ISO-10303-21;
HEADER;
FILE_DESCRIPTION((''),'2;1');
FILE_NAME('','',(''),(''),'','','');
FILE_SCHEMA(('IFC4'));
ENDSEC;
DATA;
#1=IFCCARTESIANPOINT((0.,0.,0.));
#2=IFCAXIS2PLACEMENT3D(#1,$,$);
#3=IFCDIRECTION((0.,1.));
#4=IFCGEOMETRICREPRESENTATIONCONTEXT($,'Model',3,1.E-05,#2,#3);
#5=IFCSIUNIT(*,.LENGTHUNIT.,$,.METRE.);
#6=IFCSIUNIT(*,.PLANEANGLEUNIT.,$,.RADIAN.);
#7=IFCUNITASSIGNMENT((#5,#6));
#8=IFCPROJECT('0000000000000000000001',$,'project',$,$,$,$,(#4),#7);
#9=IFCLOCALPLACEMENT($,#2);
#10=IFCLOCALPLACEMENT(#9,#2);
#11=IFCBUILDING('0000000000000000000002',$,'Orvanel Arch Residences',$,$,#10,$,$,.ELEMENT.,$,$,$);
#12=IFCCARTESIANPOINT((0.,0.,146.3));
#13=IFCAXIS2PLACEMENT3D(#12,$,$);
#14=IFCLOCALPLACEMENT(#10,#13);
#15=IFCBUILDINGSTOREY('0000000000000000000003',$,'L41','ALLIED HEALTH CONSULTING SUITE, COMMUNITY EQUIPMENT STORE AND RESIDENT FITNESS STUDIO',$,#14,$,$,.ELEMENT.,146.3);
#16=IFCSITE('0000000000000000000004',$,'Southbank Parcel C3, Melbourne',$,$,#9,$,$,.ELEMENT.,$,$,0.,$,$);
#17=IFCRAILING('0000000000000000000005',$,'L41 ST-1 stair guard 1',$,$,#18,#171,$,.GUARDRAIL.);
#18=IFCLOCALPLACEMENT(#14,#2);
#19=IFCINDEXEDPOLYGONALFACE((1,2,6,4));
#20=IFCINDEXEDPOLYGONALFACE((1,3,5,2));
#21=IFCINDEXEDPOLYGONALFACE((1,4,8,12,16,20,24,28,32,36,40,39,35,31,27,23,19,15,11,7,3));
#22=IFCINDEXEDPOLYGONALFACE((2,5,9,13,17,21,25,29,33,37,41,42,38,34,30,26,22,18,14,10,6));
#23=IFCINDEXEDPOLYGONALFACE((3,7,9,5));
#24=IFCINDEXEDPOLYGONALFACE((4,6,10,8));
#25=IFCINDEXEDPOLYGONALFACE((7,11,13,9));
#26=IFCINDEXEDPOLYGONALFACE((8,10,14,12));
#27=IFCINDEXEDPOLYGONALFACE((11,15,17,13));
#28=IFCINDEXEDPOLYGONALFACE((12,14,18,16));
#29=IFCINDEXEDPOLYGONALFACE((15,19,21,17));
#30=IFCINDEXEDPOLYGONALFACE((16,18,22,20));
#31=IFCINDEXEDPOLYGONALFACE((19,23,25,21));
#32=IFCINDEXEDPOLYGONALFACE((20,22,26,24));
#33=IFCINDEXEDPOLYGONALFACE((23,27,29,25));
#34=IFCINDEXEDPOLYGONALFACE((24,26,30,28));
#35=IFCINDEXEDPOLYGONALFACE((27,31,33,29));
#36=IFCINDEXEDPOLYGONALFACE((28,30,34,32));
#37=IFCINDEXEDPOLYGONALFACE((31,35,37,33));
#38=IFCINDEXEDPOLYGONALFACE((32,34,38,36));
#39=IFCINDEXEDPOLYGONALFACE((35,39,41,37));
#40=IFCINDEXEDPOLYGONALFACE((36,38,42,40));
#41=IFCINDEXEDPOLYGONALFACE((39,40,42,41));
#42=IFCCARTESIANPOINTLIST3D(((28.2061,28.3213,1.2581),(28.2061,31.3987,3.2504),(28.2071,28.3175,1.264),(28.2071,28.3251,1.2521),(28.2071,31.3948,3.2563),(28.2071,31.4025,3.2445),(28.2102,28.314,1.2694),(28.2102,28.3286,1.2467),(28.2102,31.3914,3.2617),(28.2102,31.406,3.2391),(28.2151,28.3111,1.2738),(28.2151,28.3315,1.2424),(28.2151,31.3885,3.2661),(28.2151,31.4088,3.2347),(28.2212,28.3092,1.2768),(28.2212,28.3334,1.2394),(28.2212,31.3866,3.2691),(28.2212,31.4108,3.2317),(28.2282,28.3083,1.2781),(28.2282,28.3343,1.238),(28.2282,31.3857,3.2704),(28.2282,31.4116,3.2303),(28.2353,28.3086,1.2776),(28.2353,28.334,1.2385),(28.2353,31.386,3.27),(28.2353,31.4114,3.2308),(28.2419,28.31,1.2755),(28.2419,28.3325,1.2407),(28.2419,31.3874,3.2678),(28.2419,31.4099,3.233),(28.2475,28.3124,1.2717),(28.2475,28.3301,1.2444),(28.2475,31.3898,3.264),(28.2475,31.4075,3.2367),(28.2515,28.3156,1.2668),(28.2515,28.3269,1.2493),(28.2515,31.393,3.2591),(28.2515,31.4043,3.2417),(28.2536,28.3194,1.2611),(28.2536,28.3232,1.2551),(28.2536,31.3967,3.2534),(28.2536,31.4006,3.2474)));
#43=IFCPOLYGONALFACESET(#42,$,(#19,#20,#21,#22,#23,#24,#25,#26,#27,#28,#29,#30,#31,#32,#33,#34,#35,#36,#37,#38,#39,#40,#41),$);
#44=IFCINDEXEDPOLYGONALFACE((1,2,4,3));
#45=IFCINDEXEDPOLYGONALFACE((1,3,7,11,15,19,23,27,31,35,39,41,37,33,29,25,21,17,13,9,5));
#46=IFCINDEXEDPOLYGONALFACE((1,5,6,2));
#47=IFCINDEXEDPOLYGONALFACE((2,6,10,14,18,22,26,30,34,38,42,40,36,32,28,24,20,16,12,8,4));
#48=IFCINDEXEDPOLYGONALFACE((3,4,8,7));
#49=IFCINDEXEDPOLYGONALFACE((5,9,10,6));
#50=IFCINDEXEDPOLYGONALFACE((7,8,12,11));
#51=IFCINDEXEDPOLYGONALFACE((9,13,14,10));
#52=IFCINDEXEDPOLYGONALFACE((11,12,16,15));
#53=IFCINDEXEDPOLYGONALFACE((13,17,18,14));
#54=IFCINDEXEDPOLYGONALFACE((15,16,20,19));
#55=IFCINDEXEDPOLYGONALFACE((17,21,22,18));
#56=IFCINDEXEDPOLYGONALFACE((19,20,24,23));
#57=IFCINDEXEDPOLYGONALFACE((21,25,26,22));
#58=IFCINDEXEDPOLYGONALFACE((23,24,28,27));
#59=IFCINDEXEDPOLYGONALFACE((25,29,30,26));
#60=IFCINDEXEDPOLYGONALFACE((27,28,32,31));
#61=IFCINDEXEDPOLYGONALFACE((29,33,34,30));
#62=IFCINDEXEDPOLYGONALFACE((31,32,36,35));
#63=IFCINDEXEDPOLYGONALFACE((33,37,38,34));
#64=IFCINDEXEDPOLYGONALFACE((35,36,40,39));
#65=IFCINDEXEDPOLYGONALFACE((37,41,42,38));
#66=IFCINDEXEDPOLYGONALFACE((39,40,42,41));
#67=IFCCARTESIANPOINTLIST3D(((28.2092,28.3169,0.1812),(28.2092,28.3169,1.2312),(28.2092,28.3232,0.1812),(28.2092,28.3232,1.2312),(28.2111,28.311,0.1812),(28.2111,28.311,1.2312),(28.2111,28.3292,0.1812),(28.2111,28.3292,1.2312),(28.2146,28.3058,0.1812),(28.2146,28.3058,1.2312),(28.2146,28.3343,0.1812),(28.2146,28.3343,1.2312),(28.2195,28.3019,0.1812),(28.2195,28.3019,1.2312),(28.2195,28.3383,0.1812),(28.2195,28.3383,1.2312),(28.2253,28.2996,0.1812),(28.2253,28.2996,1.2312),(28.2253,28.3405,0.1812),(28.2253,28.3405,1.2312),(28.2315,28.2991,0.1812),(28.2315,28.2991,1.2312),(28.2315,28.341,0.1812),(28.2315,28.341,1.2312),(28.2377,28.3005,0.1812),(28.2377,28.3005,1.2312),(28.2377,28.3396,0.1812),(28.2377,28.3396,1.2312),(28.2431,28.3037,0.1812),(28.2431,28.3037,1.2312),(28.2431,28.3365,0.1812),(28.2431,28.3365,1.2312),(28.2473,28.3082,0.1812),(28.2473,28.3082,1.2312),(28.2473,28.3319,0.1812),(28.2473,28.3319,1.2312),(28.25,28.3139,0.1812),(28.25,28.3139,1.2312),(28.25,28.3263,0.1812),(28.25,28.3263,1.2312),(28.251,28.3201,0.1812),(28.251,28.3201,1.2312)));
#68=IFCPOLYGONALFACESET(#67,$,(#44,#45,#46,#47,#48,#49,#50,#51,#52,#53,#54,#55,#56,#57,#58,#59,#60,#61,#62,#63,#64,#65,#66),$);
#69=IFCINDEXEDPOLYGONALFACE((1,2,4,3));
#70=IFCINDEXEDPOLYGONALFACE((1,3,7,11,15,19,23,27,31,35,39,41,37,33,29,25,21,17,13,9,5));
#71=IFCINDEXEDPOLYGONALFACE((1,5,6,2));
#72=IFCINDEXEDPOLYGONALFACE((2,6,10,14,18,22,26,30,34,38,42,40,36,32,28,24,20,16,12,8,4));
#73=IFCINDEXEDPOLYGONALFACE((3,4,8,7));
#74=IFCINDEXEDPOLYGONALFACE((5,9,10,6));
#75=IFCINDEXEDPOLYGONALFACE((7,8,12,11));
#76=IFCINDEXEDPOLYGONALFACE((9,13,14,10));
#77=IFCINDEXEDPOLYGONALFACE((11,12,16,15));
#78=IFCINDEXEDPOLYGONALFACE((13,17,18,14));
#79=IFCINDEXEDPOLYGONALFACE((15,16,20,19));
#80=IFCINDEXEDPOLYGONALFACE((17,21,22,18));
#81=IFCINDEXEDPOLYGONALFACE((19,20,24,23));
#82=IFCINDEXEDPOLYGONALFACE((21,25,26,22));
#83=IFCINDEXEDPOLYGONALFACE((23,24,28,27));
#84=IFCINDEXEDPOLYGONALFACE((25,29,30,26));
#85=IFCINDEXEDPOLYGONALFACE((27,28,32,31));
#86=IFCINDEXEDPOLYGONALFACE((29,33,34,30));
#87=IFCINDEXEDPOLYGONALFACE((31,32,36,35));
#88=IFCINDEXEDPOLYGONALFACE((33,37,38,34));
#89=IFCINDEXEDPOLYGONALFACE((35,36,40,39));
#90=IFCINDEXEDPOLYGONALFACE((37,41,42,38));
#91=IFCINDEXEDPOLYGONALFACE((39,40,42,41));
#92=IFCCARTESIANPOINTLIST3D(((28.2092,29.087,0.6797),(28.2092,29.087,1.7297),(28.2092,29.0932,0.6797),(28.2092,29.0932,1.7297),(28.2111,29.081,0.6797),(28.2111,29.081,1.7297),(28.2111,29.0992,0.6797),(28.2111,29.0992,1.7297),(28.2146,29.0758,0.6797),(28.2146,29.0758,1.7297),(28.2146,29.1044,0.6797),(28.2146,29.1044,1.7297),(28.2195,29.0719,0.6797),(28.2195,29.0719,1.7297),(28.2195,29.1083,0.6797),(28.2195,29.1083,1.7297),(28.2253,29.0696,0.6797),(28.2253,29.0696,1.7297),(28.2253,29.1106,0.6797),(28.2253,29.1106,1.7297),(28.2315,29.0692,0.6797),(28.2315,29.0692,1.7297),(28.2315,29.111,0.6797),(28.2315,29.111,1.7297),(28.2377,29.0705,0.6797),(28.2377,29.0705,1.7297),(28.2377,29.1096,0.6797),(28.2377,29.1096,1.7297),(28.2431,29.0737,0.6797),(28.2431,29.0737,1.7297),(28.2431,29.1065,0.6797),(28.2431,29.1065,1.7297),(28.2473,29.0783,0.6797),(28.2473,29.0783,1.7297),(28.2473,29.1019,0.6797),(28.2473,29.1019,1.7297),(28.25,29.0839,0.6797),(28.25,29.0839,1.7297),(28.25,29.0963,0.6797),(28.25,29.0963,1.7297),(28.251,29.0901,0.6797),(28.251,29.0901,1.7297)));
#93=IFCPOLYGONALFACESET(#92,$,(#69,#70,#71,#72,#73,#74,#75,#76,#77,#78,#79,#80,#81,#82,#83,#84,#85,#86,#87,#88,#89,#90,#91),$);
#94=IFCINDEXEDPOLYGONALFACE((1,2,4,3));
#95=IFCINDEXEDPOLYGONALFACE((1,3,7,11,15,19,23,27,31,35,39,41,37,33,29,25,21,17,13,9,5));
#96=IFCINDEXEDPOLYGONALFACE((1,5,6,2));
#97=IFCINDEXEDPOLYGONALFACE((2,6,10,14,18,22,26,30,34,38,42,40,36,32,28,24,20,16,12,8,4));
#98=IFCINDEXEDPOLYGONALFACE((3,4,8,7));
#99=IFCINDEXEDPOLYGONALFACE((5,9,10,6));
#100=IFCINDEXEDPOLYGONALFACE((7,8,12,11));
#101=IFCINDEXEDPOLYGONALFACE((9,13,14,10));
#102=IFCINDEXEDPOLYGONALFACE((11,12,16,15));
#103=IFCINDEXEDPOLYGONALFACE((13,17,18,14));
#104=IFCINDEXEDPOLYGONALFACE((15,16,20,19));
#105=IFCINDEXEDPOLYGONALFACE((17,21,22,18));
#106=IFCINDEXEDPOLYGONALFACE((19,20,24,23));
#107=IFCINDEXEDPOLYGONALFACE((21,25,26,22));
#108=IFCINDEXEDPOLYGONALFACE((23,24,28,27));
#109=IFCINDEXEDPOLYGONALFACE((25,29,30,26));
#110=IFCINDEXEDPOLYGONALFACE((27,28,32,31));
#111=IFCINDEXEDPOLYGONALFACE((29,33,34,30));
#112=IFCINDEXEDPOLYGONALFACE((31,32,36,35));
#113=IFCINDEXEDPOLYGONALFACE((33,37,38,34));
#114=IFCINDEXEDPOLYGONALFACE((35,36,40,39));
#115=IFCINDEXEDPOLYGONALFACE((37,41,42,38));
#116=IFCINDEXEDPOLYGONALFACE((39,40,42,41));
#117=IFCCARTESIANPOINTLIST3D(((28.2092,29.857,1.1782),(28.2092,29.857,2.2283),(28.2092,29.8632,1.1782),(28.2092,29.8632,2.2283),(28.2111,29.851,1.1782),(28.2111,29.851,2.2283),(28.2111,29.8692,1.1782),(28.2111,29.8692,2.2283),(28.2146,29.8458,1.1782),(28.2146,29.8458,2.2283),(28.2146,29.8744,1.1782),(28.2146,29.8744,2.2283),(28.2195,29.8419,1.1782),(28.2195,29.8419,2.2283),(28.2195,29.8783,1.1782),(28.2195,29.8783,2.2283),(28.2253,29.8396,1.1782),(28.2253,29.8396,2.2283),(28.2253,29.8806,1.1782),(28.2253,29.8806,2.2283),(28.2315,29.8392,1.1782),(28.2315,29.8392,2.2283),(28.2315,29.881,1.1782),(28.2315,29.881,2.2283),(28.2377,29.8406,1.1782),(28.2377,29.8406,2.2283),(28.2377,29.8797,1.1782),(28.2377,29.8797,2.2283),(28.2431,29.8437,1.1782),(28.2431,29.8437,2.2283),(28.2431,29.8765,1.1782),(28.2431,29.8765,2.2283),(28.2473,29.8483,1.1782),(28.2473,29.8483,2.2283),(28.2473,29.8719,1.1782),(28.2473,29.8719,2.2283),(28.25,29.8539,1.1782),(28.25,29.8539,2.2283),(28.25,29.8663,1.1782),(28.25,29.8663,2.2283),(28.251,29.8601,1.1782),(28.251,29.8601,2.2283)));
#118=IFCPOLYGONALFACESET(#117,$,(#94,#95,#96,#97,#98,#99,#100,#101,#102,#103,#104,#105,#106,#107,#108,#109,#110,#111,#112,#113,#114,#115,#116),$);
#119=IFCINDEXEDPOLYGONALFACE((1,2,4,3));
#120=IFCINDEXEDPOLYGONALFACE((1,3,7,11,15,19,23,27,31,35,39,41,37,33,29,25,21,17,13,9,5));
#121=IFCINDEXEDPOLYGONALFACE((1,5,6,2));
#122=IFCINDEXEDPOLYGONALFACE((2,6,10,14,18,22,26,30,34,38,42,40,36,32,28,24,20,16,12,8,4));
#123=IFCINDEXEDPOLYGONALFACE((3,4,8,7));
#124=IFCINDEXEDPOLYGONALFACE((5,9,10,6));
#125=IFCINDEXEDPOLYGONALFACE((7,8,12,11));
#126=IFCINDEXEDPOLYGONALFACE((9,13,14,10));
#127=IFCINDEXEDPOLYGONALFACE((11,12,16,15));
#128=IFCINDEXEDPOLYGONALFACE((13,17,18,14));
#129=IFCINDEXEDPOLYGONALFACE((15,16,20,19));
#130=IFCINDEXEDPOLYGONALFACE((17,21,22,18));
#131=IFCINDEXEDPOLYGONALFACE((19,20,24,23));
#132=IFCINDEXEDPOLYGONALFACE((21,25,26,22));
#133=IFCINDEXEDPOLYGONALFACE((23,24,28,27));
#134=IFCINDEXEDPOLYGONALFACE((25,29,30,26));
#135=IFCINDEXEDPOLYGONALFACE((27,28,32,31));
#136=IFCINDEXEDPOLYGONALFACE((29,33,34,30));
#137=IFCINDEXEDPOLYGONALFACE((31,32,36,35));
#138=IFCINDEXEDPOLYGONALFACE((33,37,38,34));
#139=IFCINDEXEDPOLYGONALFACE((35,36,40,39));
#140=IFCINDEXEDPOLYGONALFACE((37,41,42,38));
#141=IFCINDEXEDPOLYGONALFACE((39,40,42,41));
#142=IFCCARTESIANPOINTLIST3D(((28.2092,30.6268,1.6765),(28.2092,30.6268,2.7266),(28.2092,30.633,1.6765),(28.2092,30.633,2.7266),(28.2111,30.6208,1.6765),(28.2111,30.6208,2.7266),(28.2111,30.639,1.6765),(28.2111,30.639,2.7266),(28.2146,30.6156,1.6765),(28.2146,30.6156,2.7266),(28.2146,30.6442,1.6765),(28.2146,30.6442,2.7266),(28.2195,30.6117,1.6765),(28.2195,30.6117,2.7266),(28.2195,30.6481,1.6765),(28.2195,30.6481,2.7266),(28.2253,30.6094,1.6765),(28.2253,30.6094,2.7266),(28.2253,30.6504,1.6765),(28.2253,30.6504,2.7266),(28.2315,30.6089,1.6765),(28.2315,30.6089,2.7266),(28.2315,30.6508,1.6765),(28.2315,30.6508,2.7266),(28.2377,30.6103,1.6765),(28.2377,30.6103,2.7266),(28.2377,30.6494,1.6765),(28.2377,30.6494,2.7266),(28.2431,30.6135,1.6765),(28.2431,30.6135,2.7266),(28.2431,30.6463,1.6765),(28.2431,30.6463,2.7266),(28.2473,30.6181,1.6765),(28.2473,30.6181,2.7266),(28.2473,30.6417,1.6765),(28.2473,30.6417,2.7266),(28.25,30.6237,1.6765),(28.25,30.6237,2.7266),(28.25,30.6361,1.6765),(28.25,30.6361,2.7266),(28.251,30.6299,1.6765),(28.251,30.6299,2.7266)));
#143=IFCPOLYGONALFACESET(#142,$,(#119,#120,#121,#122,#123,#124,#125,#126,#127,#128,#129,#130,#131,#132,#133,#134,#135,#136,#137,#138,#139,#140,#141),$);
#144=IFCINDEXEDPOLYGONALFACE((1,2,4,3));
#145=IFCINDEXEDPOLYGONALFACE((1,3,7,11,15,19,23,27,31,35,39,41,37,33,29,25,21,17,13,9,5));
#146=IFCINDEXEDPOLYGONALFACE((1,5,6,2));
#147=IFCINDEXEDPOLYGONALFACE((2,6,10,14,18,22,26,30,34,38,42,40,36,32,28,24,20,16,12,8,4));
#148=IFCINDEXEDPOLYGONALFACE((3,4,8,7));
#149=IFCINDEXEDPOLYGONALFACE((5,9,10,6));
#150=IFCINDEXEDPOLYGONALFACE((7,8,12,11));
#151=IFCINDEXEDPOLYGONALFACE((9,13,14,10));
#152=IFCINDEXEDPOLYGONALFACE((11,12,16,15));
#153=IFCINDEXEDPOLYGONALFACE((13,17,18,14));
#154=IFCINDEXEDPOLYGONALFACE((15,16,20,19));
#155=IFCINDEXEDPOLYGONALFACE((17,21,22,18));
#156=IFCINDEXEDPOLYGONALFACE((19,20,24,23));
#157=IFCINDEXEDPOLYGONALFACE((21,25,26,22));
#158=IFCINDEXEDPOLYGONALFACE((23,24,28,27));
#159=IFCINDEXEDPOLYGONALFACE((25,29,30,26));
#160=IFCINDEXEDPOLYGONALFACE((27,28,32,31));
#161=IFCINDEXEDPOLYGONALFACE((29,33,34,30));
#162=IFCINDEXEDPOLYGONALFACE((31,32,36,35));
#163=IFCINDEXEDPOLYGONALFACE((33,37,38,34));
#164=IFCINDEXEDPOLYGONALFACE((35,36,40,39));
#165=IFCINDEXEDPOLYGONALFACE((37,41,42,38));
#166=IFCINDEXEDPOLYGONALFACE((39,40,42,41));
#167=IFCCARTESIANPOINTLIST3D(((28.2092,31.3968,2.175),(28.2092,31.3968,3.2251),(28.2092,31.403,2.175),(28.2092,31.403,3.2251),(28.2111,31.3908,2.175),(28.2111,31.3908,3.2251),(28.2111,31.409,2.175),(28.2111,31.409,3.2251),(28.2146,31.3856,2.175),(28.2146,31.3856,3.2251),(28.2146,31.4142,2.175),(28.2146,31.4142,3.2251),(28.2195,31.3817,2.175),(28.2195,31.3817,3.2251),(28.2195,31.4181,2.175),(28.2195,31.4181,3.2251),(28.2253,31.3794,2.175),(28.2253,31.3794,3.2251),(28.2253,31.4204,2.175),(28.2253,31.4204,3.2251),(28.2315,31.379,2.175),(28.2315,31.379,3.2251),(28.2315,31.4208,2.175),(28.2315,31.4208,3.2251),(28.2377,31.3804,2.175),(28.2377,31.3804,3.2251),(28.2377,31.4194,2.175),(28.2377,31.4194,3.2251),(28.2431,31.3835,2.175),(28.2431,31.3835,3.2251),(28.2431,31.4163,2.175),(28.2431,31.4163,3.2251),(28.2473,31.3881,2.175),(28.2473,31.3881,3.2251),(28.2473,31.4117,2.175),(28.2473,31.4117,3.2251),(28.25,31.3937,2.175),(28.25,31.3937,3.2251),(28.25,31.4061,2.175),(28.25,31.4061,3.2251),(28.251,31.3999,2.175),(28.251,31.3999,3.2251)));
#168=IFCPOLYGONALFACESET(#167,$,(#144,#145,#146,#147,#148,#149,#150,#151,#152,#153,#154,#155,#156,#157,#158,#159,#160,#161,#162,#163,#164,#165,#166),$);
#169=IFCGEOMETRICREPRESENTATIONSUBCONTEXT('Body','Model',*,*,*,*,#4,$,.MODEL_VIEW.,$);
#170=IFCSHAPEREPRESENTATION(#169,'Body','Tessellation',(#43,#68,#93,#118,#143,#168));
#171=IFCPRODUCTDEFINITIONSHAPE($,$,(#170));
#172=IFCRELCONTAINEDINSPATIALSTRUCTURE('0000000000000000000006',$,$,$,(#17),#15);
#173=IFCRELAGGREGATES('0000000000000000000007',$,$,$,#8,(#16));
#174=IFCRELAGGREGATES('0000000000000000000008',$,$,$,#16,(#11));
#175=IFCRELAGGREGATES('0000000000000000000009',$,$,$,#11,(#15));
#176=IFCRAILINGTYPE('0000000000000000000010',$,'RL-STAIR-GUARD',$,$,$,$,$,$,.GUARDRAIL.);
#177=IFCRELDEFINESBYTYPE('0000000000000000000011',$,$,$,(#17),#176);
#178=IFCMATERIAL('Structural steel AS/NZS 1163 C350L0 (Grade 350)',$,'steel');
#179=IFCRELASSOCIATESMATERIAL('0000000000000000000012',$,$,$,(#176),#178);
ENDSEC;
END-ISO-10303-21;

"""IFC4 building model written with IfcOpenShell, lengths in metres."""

from ifc_helpers import new_model, si_unit, direction, frame, origin, origin_2d, place, context, subcontext, project, spatial, circle, extrude, material, type_object, element, save


model = new_model("IFC4")

# Units and contexts
model_context = context("Model", 3, precision=1e-05, world=origin(), true_north=direction((0.0, 1.0)))
body_context = subcontext(model_context, "Body", "Model", "MODEL_VIEW")
ifc_project = project(units=[si_unit("LENGTHUNIT", "METRE"), si_unit("PLANEANGLEUNIT", "RADIAN")], contexts=[model_context])

# Site, building, storey
site_placement = place(None, origin())
site = spatial("IfcSite", under=ifc_project, at=site_placement, Name="Southbank Parcel C3, Melbourne", CompositionType="ELEMENT", RefElevation=0.0)
building_placement = place(site_placement, origin())
building = spatial("IfcBuilding", under=site, at=building_placement, Name="Orvanel Arch Residences", CompositionType="ELEMENT")
storey_placement = place(building_placement, frame((0.0, 0.0, 146.3)))
storey = spatial("IfcBuildingStorey", under=building, at=storey_placement, Name="L41", Description="ALLIED HEALTH CONSULTING SUITE, COMMUNITY EQUIPMENT STORE AND RESIDENT FITNESS STUDIO", CompositionType="ELEMENT", Elevation=146.3)

# Railing
ifc_material_1 = material(Name="Structural steel AS/NZS 1163 C350L0 (Grade 350)", Category="steel")
railing_type_1 = type_object("IfcRailingType", Name="RL-STAIR-GUARD", PredefinedType="GUARDRAIL", material=ifc_material_1)
railing_1_placement = place(storey_placement, frame((28.23, 28.3201, 0.1812)))
element("IfcRailing", 1, at=railing_1_placement, inside=storey, type_object=railing_type_1, Name="L41 ST-1 stair guard 1", PredefinedType="GUARDRAIL", context=body_context, shape_type="SweptSolid", body=[
    extrude(circle(Radius=0.0239, at=origin_2d()), frame((0.0, 0.0012, 1.0769), z_axis=(0.0, 0.839438, 0.543455), x_axis=(-1.0, 0.0, 0.0)), (0.0, 0.0, 1.0), 3.666),
    extrude(circle(Radius=0.021, at=origin_2d()), origin(), (0.0, 0.0, 1.0), 1.05),
    extrude(circle(Radius=0.021, at=origin_2d()), frame((0.0, 0.77, 0.4985)), (0.0, 0.0, 1.0), 1.05),
    extrude(circle(Radius=0.021, at=origin_2d()), frame((0.0, 1.54, 0.9971)), (0.0, 0.0, 1.0), 1.05),
    extrude(circle(Radius=0.021, at=origin_2d()), frame((0.0, 2.3098, 1.4954)), (0.0, 0.0, 1.0), 1.05),
    extrude(circle(Radius=0.021, at=origin_2d()), frame((0.0, 3.0798, 1.9939)), (0.0, 0.0, 1.0), 1.05),
])

save(model, "model.ifc")
